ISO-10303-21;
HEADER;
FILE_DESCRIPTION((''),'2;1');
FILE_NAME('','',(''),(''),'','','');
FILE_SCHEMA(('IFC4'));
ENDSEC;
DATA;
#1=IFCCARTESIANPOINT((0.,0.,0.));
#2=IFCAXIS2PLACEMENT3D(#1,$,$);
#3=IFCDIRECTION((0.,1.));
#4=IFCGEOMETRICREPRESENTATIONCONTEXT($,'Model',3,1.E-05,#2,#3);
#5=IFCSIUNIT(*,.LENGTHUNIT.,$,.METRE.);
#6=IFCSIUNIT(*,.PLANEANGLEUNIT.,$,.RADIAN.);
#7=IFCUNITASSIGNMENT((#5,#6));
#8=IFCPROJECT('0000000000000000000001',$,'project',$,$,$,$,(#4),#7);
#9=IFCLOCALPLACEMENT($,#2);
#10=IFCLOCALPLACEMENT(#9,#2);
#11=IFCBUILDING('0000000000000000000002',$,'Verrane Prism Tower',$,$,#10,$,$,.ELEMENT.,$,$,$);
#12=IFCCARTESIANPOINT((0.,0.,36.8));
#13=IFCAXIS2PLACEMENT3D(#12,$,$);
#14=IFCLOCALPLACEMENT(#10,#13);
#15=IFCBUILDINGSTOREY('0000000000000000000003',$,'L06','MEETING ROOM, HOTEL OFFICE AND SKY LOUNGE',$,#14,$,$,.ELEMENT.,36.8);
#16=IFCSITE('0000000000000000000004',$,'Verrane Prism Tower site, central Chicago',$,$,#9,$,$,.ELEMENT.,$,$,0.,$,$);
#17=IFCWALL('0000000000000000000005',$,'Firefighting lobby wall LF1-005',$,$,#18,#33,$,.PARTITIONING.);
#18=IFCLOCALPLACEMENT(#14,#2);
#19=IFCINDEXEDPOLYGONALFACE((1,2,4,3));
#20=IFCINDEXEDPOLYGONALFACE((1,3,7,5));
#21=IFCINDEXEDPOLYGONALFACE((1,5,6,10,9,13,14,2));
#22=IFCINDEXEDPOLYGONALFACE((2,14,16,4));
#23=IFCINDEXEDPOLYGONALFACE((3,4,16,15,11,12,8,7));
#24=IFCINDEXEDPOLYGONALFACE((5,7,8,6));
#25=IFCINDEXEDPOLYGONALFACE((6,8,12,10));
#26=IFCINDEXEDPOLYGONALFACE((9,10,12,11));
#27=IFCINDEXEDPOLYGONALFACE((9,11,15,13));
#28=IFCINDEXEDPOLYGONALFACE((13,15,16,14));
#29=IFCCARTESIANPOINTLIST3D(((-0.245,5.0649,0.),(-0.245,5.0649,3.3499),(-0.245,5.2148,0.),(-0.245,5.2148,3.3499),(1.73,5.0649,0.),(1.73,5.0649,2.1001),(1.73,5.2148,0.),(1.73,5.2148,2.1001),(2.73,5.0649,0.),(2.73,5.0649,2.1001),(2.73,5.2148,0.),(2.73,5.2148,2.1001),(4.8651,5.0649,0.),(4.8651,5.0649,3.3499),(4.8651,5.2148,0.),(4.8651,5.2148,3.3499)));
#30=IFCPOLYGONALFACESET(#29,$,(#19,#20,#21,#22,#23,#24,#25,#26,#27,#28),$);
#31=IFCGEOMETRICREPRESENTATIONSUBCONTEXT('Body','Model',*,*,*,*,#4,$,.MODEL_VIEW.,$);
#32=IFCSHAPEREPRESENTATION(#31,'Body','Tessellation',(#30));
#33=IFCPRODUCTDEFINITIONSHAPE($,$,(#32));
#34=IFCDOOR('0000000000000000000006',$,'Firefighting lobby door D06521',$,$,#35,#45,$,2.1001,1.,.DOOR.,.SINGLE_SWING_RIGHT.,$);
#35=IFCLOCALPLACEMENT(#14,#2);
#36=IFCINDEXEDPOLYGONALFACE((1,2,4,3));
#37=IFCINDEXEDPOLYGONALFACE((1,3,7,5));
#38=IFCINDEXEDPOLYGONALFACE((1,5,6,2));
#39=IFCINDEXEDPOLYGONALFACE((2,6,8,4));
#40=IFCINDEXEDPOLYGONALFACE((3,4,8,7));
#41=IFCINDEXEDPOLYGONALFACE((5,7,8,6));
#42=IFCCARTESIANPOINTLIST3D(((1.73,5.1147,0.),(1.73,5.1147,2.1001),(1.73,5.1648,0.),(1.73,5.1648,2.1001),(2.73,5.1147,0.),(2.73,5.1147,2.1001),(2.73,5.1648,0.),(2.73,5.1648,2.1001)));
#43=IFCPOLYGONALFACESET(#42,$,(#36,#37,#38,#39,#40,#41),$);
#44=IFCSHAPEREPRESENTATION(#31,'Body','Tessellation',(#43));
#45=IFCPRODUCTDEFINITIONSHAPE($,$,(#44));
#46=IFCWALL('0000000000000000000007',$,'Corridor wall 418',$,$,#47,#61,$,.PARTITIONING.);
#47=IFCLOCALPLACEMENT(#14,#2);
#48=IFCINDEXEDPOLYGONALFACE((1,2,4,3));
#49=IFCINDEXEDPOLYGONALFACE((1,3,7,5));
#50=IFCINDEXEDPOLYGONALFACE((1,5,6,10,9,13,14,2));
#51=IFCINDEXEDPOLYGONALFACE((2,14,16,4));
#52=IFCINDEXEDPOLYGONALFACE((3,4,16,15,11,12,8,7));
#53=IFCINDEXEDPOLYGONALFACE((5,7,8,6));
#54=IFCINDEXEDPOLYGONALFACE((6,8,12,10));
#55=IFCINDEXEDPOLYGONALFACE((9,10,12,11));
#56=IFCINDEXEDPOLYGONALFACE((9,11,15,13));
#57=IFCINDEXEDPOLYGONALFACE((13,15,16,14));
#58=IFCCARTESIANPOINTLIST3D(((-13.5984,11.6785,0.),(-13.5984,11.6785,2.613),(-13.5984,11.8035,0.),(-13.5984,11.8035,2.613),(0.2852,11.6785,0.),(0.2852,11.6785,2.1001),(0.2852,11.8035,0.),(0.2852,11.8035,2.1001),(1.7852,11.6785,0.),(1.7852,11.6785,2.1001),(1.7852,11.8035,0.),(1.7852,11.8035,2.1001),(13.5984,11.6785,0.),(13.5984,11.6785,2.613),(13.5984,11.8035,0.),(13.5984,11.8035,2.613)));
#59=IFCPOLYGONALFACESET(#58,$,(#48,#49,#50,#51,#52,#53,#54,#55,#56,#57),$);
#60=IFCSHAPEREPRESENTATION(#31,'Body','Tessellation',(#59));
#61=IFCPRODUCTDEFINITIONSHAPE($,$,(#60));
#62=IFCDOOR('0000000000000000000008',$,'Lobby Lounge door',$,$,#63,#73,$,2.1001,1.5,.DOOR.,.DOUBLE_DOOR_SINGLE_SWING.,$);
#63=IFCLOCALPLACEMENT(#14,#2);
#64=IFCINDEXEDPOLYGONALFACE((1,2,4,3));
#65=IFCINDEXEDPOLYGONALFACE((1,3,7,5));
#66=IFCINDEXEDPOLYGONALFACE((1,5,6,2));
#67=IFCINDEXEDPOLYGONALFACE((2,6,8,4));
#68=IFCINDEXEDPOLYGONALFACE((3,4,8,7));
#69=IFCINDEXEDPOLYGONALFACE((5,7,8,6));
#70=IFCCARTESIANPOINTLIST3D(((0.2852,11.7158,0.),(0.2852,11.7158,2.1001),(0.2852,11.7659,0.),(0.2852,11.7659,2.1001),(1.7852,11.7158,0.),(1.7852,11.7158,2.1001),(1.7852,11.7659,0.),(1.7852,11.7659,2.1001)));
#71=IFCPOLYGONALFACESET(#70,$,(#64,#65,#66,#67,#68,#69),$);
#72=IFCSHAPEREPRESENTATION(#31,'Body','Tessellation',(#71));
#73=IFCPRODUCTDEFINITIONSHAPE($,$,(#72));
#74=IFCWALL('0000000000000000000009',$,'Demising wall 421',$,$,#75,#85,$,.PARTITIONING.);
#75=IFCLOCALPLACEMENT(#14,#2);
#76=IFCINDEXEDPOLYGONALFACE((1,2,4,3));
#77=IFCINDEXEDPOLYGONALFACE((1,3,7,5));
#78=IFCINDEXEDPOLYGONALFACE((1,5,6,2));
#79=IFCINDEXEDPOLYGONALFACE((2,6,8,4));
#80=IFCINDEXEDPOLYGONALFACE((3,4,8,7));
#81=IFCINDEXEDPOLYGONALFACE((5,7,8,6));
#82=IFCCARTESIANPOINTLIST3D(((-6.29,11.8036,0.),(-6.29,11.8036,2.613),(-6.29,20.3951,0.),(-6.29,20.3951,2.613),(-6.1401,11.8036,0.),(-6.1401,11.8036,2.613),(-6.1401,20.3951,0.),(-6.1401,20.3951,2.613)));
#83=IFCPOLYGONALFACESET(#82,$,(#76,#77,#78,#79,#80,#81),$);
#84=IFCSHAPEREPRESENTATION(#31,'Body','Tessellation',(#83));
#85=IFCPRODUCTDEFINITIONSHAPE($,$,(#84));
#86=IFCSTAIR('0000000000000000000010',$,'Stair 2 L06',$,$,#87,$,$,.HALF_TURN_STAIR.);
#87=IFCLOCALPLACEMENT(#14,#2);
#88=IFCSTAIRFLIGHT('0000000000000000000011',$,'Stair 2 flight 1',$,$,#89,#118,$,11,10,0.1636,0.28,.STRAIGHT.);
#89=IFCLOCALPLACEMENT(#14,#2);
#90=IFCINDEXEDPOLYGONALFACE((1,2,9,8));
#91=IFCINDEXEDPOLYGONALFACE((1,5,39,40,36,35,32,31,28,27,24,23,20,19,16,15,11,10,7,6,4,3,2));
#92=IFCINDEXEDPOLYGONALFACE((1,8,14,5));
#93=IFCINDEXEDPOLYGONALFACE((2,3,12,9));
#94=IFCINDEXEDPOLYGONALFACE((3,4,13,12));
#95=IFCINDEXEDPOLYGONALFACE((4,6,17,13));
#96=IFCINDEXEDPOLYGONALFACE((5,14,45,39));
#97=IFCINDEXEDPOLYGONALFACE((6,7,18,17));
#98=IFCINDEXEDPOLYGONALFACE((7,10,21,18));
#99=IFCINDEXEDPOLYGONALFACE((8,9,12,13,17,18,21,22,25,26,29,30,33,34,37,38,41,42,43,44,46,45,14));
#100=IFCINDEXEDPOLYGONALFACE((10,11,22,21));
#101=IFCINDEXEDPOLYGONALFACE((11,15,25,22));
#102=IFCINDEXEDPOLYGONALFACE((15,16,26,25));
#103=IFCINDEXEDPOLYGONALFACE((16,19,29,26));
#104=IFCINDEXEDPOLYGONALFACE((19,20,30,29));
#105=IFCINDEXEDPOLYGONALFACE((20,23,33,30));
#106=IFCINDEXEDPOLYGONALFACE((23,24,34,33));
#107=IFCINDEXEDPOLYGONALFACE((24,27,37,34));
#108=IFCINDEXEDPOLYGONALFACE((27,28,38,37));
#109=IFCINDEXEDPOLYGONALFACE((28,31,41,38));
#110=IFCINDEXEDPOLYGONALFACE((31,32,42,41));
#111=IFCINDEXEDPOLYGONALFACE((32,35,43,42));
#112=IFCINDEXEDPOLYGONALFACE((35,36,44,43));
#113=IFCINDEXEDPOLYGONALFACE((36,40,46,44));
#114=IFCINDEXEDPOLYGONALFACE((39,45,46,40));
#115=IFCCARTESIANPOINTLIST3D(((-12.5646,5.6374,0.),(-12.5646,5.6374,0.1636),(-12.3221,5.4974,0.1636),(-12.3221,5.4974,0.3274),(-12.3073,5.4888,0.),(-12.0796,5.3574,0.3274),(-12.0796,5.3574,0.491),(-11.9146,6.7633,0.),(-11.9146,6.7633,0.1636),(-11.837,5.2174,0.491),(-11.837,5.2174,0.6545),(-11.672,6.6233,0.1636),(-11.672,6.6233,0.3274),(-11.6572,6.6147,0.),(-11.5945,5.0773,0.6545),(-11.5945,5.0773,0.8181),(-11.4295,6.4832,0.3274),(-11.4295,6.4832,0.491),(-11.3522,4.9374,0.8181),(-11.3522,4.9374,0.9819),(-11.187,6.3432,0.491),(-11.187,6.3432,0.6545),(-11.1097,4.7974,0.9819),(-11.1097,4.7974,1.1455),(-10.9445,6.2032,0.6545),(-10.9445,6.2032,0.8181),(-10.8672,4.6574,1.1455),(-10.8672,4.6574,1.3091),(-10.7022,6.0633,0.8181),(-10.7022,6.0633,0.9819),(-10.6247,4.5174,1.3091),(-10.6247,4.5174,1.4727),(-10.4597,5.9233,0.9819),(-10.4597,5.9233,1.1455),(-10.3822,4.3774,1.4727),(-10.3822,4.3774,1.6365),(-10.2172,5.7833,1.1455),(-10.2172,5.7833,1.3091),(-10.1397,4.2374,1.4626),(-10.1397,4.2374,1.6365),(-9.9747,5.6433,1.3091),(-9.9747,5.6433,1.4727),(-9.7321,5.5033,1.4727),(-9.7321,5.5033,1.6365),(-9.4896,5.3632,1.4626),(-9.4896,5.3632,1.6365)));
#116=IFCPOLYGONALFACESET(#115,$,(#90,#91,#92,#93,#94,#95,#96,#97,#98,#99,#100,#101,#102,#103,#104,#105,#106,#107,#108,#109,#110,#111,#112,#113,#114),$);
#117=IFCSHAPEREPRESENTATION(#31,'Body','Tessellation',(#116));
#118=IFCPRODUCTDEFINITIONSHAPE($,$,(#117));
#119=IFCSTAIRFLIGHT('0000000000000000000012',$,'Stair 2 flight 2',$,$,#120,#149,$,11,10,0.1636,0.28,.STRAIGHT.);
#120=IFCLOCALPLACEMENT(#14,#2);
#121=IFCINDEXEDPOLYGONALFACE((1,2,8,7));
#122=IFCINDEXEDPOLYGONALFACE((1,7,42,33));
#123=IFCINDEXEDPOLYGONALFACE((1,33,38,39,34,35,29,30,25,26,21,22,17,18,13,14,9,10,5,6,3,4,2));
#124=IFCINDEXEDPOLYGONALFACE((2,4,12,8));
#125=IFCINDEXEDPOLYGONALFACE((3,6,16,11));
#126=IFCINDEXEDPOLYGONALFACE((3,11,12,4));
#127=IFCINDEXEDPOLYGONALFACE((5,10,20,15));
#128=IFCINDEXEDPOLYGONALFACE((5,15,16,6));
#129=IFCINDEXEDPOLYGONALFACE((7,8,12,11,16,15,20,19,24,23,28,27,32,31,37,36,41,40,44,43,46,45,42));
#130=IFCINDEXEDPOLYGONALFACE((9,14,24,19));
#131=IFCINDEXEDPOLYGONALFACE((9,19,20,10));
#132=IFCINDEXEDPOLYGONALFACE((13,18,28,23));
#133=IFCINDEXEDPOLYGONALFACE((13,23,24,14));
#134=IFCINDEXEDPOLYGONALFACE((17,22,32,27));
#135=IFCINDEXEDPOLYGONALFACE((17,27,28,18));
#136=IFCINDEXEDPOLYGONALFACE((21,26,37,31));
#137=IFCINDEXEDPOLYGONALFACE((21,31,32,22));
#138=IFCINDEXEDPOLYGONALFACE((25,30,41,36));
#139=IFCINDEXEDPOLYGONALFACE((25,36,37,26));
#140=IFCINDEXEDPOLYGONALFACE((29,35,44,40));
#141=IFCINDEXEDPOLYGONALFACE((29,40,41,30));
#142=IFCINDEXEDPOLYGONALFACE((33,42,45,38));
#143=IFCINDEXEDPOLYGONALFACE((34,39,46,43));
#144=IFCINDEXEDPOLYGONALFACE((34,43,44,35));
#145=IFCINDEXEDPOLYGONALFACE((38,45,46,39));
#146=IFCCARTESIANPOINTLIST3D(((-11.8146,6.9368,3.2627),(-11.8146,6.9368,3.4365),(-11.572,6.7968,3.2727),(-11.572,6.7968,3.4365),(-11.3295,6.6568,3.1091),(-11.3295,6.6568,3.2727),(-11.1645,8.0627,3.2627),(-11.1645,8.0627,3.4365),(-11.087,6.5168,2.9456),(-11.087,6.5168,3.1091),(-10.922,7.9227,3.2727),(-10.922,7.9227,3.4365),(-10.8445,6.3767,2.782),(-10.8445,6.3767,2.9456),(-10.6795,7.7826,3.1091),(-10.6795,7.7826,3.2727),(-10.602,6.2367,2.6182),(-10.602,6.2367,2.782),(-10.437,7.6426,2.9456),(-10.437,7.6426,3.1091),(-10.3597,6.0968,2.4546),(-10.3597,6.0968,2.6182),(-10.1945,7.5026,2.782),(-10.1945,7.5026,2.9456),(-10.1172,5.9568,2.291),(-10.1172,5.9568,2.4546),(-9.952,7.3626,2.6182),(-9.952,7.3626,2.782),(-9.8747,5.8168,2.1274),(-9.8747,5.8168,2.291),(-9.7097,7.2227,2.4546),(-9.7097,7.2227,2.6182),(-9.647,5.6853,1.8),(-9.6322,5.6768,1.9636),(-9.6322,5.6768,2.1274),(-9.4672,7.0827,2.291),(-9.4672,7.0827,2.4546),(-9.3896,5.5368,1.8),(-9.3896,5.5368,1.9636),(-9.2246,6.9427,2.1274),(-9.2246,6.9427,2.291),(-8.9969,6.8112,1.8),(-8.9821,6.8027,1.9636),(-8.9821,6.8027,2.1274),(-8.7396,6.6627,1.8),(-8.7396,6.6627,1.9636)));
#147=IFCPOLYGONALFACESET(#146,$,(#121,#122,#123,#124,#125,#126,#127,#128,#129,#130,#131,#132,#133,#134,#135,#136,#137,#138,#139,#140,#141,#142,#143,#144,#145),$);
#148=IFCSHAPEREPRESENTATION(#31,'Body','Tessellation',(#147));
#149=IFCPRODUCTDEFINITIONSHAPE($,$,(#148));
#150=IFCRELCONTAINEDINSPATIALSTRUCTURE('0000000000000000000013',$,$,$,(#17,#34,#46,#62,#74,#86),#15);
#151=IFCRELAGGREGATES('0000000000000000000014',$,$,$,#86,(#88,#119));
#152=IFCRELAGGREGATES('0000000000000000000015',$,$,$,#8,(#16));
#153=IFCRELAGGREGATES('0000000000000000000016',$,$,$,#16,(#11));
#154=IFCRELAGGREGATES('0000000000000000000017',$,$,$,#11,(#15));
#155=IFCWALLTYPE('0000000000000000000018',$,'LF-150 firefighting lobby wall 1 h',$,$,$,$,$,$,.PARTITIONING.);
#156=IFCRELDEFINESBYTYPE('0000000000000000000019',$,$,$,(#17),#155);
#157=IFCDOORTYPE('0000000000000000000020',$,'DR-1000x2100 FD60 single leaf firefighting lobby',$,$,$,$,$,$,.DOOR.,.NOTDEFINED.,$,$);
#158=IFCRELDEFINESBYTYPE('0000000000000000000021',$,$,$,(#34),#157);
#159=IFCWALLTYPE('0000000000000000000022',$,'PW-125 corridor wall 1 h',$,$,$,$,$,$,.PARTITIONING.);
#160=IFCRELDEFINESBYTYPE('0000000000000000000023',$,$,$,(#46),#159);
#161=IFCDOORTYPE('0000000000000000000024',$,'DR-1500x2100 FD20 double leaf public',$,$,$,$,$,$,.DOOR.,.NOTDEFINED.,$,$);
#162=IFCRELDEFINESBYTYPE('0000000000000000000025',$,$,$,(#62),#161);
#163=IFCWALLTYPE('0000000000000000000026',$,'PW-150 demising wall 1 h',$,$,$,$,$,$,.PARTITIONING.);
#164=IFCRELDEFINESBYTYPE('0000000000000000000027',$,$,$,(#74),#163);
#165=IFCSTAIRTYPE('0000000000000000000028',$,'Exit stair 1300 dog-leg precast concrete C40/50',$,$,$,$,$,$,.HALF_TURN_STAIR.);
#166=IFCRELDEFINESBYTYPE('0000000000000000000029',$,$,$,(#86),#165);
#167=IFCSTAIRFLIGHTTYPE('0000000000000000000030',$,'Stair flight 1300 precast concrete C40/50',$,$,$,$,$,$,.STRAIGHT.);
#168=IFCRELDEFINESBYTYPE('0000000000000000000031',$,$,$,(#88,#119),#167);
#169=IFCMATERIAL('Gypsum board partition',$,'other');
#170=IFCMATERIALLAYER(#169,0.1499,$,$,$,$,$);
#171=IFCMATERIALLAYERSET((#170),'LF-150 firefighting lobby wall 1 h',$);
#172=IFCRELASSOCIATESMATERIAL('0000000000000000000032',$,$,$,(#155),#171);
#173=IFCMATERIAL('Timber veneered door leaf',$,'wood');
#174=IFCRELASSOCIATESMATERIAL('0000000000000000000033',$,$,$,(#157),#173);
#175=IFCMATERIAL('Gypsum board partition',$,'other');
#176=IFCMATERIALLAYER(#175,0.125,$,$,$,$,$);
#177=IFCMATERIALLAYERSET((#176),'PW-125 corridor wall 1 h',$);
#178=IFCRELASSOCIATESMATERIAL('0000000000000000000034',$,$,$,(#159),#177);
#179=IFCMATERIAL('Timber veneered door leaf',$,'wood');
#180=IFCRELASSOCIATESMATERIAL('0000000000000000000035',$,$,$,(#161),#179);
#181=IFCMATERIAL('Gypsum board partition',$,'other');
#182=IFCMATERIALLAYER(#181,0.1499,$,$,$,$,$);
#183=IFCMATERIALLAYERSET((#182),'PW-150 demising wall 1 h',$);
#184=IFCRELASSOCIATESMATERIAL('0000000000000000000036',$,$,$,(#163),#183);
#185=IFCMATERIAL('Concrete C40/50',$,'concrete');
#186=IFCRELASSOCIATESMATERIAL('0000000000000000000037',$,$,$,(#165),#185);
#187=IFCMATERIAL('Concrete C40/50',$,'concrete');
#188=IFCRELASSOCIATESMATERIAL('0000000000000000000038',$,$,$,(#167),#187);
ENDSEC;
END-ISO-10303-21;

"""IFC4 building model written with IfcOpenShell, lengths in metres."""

from ifc_helpers import new_model, si_unit, direction, frame, frame_2d, origin, place, context, subcontext, project, spatial, polyline, rectangle, outline, extrude, material, layer, layer_set, type_object, element, fill, aggregate, save


model = new_model("IFC4")

# Units and contexts
model_context = context("Model", 3, precision=1e-05, world=origin(), true_north=direction((0.0, 1.0)))
body_context = subcontext(model_context, "Body", "Model", "MODEL_VIEW")
ifc_project = project(units=[si_unit("LENGTHUNIT", "METRE"), si_unit("PLANEANGLEUNIT", "RADIAN")], contexts=[model_context])

# Site, building, storey
site_placement = place(None, origin())
site = spatial("IfcSite", under=ifc_project, at=site_placement, Name="Verrane Prism Tower site, central Chicago", CompositionType="ELEMENT", RefElevation=0.0)
building_placement = place(site_placement, origin())
building = spatial("IfcBuilding", under=site, at=building_placement, Name="Verrane Prism Tower", CompositionType="ELEMENT")
storey_placement = place(building_placement, frame((0.0, 0.0, 36.8)))
storey = spatial("IfcBuildingStorey", under=building, at=storey_placement, Name="L06", Description="MEETING ROOM, HOTEL OFFICE AND SKY LOUNGE", CompositionType="ELEMENT", Elevation=36.8)

# Shared definitions
ifc_material_1 = material(Name="Gypsum board partition", Category="other")
ifc_layer_1 = layer(ifc_material_1, 0.1499)
ifc_layer_set_1 = layer_set([ifc_layer_1], Name="LF-150 firefighting lobby wall 1 h")
wall_type_1 = type_object("IfcWallType", Name="LF-150 firefighting lobby wall 1 h", PredefinedType="PARTITIONING", material=ifc_layer_set_1)

# Shared definitions
ifc_material_2 = material(Name="Timber veneered door leaf", Category="wood")
door_type_1 = type_object("IfcDoorType", Name="DR-1000x2100 FD60 single leaf firefighting lobby", OperationType="NOTDEFINED", PredefinedType="DOOR", material=ifc_material_2)

# Walls, openings, doors
wall_1_placement = place(storey_placement, frame((-0.2451, 5.1399, 0.0), z_axis=(0.0, 0.0, 1.0), x_axis=(1.0, 0.0, 0.0)))
wall_1 = element("IfcWall", 1, at=wall_1_placement, inside=storey, type_object=wall_type_1, Name="Firefighting lobby wall LF1-005", PredefinedType="PARTITIONING", context=body_context, shape_type="SweptSolid", body=[
    extrude(rectangle(XDim=5.1101, YDim=0.1499, at=frame_2d((2.5552, 0.0))), origin(), (0.0, 0.0, 1.0), 3.3499),
])
opening_1_placement = place(wall_1_placement, frame((1.9751, 0.0, 0.0)))
opening_1 = element("IfcOpeningElement", 2, at=opening_1_placement, cuts=wall_1, PredefinedType="OPENING", context=body_context, shape_type="SweptSolid", body=[
    extrude(rectangle(XDim=1.0, YDim=2.1001, at=frame_2d((0.5, 1.05))), frame((0.0, 0.085, 0.0), z_axis=(0.0, -1.0, 0.0), x_axis=(1.0, 0.0, 0.0)), (0.0, 0.0, 1.0), 0.1699),
])
door_1_placement = place(opening_1_placement, origin())
door_1 = element("IfcDoor", 3, at=door_1_placement, inside=storey, type_object=door_type_1, Name="Firefighting lobby door D06521", OperationType="SINGLE_SWING_RIGHT", OverallHeight=2.1001, OverallWidth=1.0, PredefinedType="DOOR", context=body_context, shape_type="SweptSolid", body=[
    extrude(rectangle(XDim=1.0, YDim=2.1001, at=frame_2d((0.5, 1.05))), frame((0.0, 0.0249, 0.0), z_axis=(0.0, -1.0, 0.0), x_axis=(1.0, 0.0, 0.0)), (0.0, 0.0, 1.0), 0.05),
])
fill(opening_1, door_1)
ifc_material_3 = material(Name="Gypsum board partition", Category="other")
ifc_layer_2 = layer(ifc_material_3, 0.125)
ifc_layer_set_2 = layer_set([ifc_layer_2], Name="PW-125 corridor wall 1 h")
wall_type_2 = type_object("IfcWallType", Name="PW-125 corridor wall 1 h", PredefinedType="PARTITIONING", material=ifc_layer_set_2)
wall_2_placement = place(storey_placement, frame((-13.5984, 11.741, 0.0), z_axis=(0.0, 0.0, 1.0), x_axis=(1.0, 0.0, 0.0)))
wall_2 = element("IfcWall", 4, at=wall_2_placement, inside=storey, type_object=wall_type_2, Name="Corridor wall 418", PredefinedType="PARTITIONING", context=body_context, shape_type="SweptSolid", body=[
    extrude(rectangle(XDim=27.1968, YDim=0.125, at=frame_2d((13.5984, 0.0))), origin(), (0.0, 0.0, 1.0), 2.613),
])
opening_2_placement = place(wall_2_placement, frame((13.8835, 0.0, 0.0)))
opening_2 = element("IfcOpeningElement", 5, at=opening_2_placement, cuts=wall_2, PredefinedType="OPENING", context=body_context, shape_type="SweptSolid", body=[
    extrude(rectangle(XDim=1.5, YDim=2.1001, at=frame_2d((0.75, 1.05))), frame((0.0, 0.0725, 0.0), z_axis=(0.0, -1.0, 0.0), x_axis=(1.0, 0.0, 0.0)), (0.0, 0.0, 1.0), 0.145),
])
ifc_material_4 = material(Name="Timber veneered door leaf", Category="wood")
door_type_2 = type_object("IfcDoorType", Name="DR-1500x2100 FD20 double leaf public", OperationType="NOTDEFINED", PredefinedType="DOOR", material=ifc_material_4)
door_2_placement = place(opening_2_placement, origin())
door_2 = element("IfcDoor", 6, at=door_2_placement, inside=storey, type_object=door_type_2, Name="Lobby Lounge door", OperationType="DOUBLE_DOOR_SINGLE_SWING", OverallHeight=2.1001, OverallWidth=1.5, PredefinedType="DOOR", context=body_context, shape_type="SweptSolid", body=[
    extrude(rectangle(XDim=1.5, YDim=2.1001, at=frame_2d((0.75, 1.05))), frame((0.0, 0.0249, 0.0), z_axis=(0.0, -1.0, 0.0), x_axis=(1.0, 0.0, 0.0)), (0.0, 0.0, 1.0), 0.05),
])
fill(opening_2, door_2)

# Wall
ifc_material_5 = material(Name="Gypsum board partition", Category="other")
ifc_layer_3 = layer(ifc_material_5, 0.1499)
ifc_layer_set_3 = layer_set([ifc_layer_3], Name="PW-150 demising wall 1 h")
wall_type_3 = type_object("IfcWallType", Name="PW-150 demising wall 1 h", PredefinedType="PARTITIONING", material=ifc_layer_set_3)
wall_3_placement = place(storey_placement, frame((-6.2151, 11.8035, 0.0), z_axis=(0.0, 0.0, 1.0), x_axis=(0.0, 1.0, 0.0)))
element("IfcWall", 7, at=wall_3_placement, inside=storey, type_object=wall_type_3, Name="Demising wall 421", PredefinedType="PARTITIONING", context=body_context, shape_type="SweptSolid", body=[
    extrude(rectangle(XDim=8.5916, YDim=0.1499, at=frame_2d((4.2959, 0.0))), origin(), (0.0, 0.0, 1.0), 2.613),
])

# Stair, stair flights
ifc_material_6 = material(Name="Concrete C40/50", Category="concrete")
stair_type = type_object("IfcStairType", Name="Exit stair 1300 dog-leg precast concrete C40/50", PredefinedType="HALF_TURN_STAIR", material=ifc_material_6)
stair_placement = place(storey_placement, origin())
stair = element("IfcStair", 8, at=stair_placement, inside=storey, type_object=stair_type, Name="Stair 2 L06", PredefinedType="HALF_TURN_STAIR")
ifc_material_7 = material(Name="Concrete C40/50", Category="concrete")
stair_flight_type = type_object("IfcStairFlightType", Name="Stair flight 1300 precast concrete C40/50", PredefinedType="STRAIGHT", material=ifc_material_7)
stair_flight_1_placement = place(storey_placement, frame((-12.2395, 6.2004, 0.0), z_axis=(0.0, 0.0, 1.0), x_axis=(0.866025, -0.5, 0.0)))
stair_flight_1 = element("IfcStairFlight", 9, at=stair_flight_1_placement, type_object=stair_flight_type, Name="Stair 2 flight 1", NumberOfRisers=11, NumberOfTreads=10, PredefinedType="STRAIGHT", RiserHeight=0.1636, TreadLength=0.28, context=body_context, shape_type="SweptSolid", body=[
    extrude(outline(polyline([(0.0, 0.0), (0.0, 0.1636), (0.28, 0.1636), (0.28, 0.3274), (0.5601, 0.3274), (0.5601, 0.491), (0.8401, 0.491), (0.8401, 0.6545), (1.1201, 0.6545), (1.1201, 0.8181), (1.3999, 0.8181), (1.3999, 0.9819), (1.6799, 0.9819), (1.6799, 1.1455), (1.96, 1.1455), (1.96, 1.3091), (2.24, 1.3091), (2.24, 1.4727), (2.52, 1.4727), (2.52, 1.6365), (2.8, 1.6365), (2.8, 1.8), (2.8, 1.4626), (0.2971, 0.0), (0.0, 0.0)])), frame((0.0, 0.6499, 0.0), z_axis=(0.0, -1.0, 0.0), x_axis=(1.0, 0.0, 0.0)), (0.0, 0.0, 1.0), 1.3),
])
stair_flight_2_placement = place(storey_placement, frame((-9.0647, 6.0996, 1.8), z_axis=(0.0, 0.0, 1.0), x_axis=(-0.866025, 0.5, 0.0)))
stair_flight_2 = element("IfcStairFlight", 10, at=stair_flight_2_placement, type_object=stair_flight_type, Name="Stair 2 flight 2", NumberOfRisers=11, NumberOfTreads=10, PredefinedType="STRAIGHT", RiserHeight=0.1636, TreadLength=0.28, context=body_context, shape_type="SweptSolid", body=[
    extrude(outline(polyline([(0.0, 0.0), (0.0, 0.1636), (0.28, 0.1636), (0.28, 0.3274), (0.5601, 0.3274), (0.5601, 0.491), (0.8401, 0.491), (0.8401, 0.6545), (1.1201, 0.6545), (1.1201, 0.8181), (1.3999, 0.8181), (1.3999, 0.9819), (1.6799, 0.9819), (1.6799, 1.1455), (1.96, 1.1455), (1.96, 1.3091), (2.24, 1.3091), (2.24, 1.4727), (2.52, 1.4727), (2.52, 1.6365), (2.8, 1.6365), (2.8, 1.8), (2.8, 1.4626), (0.2971, 0.0), (0.0, 0.0)])), frame((0.0, 0.6499, 0.0), z_axis=(0.0, -1.0, 0.0), x_axis=(1.0, 0.0, 0.0)), (0.0, 0.0, 1.0), 1.3),
])
aggregate(stair, [stair_flight_1, stair_flight_2])

save(model, "model.ifc")
